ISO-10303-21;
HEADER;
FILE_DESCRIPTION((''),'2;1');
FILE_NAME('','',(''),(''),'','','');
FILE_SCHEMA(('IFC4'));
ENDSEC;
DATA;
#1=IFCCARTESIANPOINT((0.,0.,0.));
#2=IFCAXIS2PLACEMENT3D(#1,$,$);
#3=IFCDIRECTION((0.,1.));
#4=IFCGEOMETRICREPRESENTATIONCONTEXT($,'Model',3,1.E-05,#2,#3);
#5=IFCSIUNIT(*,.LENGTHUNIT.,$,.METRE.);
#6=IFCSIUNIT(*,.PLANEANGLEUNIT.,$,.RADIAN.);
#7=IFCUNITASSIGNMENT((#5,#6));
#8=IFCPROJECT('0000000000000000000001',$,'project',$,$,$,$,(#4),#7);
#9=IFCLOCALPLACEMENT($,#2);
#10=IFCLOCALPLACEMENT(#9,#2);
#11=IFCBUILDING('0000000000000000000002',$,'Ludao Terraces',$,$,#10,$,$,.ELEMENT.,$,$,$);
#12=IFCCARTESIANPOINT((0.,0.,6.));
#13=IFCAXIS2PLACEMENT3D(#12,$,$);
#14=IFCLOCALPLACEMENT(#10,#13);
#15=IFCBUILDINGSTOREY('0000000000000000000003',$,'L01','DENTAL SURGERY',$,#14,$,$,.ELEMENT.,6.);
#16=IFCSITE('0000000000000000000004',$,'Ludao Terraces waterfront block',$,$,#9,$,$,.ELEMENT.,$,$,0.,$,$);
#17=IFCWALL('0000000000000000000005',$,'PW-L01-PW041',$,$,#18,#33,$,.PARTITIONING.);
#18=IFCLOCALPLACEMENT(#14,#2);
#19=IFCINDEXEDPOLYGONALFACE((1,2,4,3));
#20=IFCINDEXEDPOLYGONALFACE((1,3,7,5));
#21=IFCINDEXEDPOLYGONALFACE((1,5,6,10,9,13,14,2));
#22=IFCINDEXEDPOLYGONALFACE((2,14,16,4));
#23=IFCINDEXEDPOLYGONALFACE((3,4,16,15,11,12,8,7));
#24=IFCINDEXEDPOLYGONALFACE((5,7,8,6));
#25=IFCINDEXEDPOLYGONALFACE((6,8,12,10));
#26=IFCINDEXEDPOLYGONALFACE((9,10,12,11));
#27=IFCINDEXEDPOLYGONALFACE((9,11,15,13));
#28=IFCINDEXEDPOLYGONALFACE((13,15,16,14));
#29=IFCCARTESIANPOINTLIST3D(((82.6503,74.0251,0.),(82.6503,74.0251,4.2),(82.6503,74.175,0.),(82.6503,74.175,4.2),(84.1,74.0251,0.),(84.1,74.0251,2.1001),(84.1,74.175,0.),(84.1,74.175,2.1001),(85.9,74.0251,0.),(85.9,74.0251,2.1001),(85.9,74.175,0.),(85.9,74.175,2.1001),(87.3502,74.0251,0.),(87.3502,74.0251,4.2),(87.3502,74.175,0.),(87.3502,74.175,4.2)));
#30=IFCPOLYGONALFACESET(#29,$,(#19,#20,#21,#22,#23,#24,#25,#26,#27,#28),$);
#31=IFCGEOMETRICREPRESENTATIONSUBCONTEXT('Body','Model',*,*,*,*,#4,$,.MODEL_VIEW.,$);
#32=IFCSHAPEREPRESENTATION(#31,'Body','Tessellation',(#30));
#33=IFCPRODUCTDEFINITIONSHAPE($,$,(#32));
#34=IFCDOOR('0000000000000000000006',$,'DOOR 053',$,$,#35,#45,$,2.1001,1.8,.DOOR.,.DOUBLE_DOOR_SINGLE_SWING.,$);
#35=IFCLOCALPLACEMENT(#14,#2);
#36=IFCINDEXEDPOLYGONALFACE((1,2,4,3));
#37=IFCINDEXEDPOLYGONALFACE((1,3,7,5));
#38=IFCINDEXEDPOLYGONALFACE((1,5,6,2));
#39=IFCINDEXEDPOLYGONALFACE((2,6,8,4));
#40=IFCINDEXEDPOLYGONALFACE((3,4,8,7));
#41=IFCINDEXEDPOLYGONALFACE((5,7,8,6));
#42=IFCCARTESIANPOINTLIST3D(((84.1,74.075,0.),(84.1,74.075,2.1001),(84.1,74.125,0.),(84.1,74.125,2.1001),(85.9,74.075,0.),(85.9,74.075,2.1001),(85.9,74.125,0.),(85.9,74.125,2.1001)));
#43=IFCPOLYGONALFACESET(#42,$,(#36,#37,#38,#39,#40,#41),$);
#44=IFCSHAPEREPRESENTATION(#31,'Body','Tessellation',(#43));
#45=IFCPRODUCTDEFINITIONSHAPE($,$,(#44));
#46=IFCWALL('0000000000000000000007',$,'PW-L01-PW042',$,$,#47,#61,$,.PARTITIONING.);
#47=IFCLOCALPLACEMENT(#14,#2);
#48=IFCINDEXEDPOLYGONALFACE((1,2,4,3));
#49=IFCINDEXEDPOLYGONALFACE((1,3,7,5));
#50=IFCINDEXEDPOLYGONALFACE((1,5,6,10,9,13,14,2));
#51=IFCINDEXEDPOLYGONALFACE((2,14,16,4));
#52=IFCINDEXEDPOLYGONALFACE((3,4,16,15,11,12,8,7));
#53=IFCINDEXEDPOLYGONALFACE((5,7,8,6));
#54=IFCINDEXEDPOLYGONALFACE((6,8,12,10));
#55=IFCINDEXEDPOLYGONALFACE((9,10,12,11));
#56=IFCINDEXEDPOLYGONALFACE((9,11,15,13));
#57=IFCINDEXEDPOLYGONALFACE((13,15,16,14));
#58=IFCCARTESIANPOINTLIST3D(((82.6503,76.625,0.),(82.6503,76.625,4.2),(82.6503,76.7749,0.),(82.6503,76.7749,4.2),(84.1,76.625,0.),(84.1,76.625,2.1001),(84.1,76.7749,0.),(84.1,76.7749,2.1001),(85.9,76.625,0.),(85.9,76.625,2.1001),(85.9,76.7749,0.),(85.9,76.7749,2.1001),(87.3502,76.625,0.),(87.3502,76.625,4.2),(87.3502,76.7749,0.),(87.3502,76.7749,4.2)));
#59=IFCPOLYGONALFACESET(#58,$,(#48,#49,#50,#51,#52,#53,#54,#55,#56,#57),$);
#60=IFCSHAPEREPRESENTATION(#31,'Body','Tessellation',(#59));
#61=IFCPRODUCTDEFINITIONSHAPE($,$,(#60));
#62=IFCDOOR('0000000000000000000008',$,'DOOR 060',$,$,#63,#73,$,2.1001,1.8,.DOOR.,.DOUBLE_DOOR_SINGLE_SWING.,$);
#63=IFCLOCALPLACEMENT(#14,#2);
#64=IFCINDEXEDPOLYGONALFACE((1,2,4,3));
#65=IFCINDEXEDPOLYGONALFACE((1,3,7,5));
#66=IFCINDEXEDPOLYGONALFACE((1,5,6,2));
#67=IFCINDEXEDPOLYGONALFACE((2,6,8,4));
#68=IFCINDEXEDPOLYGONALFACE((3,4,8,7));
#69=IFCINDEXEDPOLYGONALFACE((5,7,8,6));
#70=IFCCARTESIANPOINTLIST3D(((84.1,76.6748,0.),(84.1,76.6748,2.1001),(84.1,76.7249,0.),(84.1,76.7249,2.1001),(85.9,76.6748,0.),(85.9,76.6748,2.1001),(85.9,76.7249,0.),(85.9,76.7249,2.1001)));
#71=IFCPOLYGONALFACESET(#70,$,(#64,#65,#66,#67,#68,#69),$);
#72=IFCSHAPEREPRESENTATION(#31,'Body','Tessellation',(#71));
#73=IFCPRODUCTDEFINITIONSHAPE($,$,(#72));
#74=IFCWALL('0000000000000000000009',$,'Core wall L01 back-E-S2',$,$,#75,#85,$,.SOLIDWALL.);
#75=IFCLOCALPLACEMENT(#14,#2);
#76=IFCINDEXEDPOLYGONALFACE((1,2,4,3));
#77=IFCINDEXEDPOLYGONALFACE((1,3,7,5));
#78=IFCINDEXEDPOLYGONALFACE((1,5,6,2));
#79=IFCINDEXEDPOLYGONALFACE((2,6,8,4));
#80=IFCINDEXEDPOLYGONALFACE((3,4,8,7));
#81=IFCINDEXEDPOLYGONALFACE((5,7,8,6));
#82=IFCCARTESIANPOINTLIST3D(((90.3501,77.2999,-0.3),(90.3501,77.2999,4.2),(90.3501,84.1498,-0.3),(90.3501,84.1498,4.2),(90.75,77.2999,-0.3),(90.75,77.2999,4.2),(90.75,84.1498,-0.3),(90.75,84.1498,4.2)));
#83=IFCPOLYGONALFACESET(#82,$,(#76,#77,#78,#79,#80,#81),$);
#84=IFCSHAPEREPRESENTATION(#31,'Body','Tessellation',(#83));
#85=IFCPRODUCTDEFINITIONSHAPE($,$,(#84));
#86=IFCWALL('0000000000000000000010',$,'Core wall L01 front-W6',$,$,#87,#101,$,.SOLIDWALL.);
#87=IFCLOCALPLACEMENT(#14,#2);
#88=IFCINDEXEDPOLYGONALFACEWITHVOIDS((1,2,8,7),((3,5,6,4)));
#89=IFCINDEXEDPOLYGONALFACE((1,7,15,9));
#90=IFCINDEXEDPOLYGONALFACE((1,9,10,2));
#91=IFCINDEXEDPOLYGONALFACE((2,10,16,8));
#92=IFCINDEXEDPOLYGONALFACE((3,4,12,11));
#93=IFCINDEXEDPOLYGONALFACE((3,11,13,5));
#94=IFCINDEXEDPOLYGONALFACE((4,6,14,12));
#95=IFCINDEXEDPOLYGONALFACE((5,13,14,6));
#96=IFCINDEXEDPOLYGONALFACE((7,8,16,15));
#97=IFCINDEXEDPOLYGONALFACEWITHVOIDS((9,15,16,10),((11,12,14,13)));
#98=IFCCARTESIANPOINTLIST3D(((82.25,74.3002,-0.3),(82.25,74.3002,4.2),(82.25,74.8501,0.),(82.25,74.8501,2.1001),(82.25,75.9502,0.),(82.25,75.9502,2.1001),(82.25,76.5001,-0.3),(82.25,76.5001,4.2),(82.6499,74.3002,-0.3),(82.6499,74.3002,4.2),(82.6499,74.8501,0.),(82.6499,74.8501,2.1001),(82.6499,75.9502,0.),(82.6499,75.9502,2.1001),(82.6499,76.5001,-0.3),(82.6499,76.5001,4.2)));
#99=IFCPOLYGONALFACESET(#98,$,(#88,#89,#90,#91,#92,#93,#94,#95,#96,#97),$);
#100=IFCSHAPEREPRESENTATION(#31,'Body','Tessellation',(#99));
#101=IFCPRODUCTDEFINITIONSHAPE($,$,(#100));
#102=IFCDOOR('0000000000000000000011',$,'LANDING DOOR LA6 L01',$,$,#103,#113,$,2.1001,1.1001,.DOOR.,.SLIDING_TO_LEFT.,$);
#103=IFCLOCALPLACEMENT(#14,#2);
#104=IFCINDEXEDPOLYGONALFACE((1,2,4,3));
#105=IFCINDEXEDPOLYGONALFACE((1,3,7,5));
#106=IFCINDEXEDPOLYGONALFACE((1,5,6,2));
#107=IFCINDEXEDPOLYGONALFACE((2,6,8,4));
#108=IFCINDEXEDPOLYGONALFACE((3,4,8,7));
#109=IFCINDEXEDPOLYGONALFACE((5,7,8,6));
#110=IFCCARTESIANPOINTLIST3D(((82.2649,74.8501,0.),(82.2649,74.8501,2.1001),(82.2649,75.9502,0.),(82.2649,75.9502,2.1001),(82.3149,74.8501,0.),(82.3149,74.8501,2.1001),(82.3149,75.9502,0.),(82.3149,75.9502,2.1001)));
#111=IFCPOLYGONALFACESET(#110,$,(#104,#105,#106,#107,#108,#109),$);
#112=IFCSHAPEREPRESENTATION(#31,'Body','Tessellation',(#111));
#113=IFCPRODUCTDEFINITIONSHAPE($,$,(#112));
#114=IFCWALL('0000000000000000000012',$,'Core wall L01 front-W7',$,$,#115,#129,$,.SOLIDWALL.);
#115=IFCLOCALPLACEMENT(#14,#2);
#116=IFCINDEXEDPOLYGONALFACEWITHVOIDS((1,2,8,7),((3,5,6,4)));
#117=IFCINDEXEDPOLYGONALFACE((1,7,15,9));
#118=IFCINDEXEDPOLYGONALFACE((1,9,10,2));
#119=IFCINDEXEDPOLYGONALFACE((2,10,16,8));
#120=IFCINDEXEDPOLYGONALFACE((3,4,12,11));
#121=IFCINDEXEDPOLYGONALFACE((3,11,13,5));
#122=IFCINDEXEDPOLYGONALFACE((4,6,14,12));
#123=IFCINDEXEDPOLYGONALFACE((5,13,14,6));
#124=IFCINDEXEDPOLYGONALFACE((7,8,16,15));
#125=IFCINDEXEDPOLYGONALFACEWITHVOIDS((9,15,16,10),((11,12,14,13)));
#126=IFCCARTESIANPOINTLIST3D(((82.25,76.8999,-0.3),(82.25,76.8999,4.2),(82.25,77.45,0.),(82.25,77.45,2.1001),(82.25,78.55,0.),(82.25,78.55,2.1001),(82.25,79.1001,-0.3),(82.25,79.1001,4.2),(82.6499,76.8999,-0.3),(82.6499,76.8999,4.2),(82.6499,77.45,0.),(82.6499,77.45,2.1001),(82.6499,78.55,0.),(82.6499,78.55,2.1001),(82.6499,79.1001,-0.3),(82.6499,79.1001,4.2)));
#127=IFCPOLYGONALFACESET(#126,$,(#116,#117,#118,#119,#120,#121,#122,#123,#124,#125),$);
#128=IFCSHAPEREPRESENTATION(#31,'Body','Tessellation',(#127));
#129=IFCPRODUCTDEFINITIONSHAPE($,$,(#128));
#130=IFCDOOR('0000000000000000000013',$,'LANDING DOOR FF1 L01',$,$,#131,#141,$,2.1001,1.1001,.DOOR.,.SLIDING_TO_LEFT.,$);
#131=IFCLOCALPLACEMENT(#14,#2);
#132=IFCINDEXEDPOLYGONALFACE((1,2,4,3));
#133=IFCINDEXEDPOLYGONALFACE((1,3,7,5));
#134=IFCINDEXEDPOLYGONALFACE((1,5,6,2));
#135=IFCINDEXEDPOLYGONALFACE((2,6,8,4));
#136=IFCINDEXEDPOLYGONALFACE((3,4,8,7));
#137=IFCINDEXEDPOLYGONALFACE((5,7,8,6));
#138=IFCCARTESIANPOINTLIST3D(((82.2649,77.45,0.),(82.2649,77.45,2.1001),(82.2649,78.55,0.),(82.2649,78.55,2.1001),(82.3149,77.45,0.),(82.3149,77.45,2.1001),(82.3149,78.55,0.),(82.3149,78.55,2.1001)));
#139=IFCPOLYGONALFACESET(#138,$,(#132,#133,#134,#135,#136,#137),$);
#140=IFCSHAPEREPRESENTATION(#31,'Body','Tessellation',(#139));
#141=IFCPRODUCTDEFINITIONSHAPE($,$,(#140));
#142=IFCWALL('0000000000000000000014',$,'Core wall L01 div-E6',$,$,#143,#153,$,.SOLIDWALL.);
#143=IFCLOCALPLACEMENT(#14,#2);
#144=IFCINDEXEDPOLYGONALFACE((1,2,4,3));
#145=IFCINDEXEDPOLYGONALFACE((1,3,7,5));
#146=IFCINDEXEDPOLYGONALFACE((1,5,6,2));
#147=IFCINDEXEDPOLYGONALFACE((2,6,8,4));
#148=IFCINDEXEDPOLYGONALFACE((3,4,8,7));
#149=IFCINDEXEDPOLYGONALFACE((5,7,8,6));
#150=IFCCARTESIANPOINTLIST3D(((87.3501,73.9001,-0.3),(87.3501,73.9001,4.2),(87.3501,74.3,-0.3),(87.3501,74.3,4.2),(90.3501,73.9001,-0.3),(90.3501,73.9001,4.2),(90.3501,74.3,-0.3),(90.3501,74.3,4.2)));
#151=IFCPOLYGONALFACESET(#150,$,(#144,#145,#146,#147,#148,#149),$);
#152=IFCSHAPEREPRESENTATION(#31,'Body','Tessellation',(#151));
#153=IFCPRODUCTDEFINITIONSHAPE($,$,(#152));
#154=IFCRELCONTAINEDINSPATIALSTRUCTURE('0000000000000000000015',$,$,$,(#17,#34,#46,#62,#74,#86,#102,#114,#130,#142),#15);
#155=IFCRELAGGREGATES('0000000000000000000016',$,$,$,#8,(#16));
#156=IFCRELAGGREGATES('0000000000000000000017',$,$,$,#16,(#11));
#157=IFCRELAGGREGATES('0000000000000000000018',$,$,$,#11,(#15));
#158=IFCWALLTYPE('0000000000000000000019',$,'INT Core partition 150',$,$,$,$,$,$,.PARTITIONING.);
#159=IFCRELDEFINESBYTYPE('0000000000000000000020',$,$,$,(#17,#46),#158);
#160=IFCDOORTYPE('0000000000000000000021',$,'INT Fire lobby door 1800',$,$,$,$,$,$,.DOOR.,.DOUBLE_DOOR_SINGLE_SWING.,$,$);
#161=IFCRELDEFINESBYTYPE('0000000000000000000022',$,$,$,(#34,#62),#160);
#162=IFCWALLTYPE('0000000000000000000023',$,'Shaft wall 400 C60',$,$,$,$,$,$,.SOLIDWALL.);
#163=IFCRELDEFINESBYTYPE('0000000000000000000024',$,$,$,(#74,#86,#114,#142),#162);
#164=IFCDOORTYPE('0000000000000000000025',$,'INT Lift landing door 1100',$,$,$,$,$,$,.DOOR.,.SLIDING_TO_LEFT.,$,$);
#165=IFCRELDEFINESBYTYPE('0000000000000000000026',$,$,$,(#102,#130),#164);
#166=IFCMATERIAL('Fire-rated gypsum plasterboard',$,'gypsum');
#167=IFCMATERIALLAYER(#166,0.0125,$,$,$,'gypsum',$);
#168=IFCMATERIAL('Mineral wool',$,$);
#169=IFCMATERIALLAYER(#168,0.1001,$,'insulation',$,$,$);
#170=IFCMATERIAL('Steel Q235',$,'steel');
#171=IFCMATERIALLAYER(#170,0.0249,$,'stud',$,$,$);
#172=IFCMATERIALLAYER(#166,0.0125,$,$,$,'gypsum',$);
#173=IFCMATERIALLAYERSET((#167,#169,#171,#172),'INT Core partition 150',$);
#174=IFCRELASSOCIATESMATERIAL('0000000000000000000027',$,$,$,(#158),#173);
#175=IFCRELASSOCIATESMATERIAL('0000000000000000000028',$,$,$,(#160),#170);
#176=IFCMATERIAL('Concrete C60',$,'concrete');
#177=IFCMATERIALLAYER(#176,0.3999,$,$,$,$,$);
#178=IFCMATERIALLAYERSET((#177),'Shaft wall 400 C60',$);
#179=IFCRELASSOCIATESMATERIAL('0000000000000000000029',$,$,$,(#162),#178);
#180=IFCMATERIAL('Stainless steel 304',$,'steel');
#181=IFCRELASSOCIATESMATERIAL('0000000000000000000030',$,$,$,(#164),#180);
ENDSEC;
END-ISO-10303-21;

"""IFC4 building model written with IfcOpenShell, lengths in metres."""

from ifc_helpers import new_model, si_unit, direction, frame, frame_2d, origin, place, context, subcontext, project, spatial, rectangle, extrude, material, layer, layer_set, type_object, element, fill, save


model = new_model("IFC4")

# Units and contexts
model_context = context("Model", 3, precision=1e-05, world=origin(), true_north=direction((0.0, 1.0)))
body_context = subcontext(model_context, "Body", "Model", "MODEL_VIEW")
ifc_project = project(units=[si_unit("LENGTHUNIT", "METRE"), si_unit("PLANEANGLEUNIT", "RADIAN")], contexts=[model_context])

# Site, building, storey
site_placement = place(None, origin())
site = spatial("IfcSite", under=ifc_project, at=site_placement, Name="Ludao Terraces waterfront block", CompositionType="ELEMENT", RefElevation=0.0)
building_placement = place(site_placement, origin())
building = spatial("IfcBuilding", under=site, at=building_placement, Name="Ludao Terraces", CompositionType="ELEMENT")
storey_placement = place(building_placement, frame((0.0, 0.0, 6.0)))
storey = spatial("IfcBuildingStorey", under=building, at=storey_placement, Name="L01", Description="DENTAL SURGERY", CompositionType="ELEMENT", Elevation=6.0)

# Walls, openings, doors
ifc_material_1 = material(Name="Fire-rated gypsum plasterboard", Category="gypsum")
ifc_layer_1 = layer(ifc_material_1, 0.0125, Category="gypsum")
ifc_material_2 = material(Name="Mineral wool")
ifc_layer_2 = layer(ifc_material_2, 0.1001, Name="insulation")
ifc_material_3 = material(Name="Steel Q235", Category="steel")
ifc_layer_3 = layer(ifc_material_3, 0.0249, Name="stud")
ifc_layer_4 = layer(ifc_material_1, 0.0125, Category="gypsum")
ifc_layer_set_1 = layer_set([ifc_layer_1, ifc_layer_2, ifc_layer_3, ifc_layer_4], Name="INT Core partition 150")
wall_type_1 = type_object("IfcWallType", Name="INT Core partition 150", PredefinedType="PARTITIONING", material=ifc_layer_set_1)
wall_1_placement = place(storey_placement, frame((82.6501, 74.1001, 0.0), z_axis=(0.0, 0.0, 1.0), x_axis=(1.0, 0.0, 0.0)))
wall_1 = element("IfcWall", 1, at=wall_1_placement, inside=storey, type_object=wall_type_1, Name="PW-L01-PW041", PredefinedType="PARTITIONING", context=body_context, shape_type="SweptSolid", body=[
    extrude(rectangle(XDim=4.7, YDim=0.1499, at=frame_2d((2.3501, 0.0))), origin(), (0.0, 0.0, 1.0), 4.2),
])
opening_1_placement = place(wall_1_placement, frame((1.45, 0.0, 0.0)))
opening_1 = element("IfcOpeningElement", 2, at=opening_1_placement, cuts=wall_1, PredefinedType="OPENING", context=body_context, shape_type="SweptSolid", body=[
    extrude(rectangle(XDim=1.8, YDim=2.1001, at=frame_2d((0.8999, 1.05))), frame((0.0, 0.085, 0.0), z_axis=(0.0, -1.0, 0.0), x_axis=(1.0, 0.0, 0.0)), (0.0, 0.0, 1.0), 0.1699),
])
door_type_1 = type_object("IfcDoorType", Name="INT Fire lobby door 1800", OperationType="DOUBLE_DOOR_SINGLE_SWING", PredefinedType="DOOR", material=ifc_material_3)
door_1_placement = place(opening_1_placement, origin())
door_1 = element("IfcDoor", 3, at=door_1_placement, inside=storey, type_object=door_type_1, Name="DOOR 053", OperationType="DOUBLE_DOOR_SINGLE_SWING", OverallHeight=2.1001, OverallWidth=1.8, PredefinedType="DOOR", context=body_context, shape_type="SweptSolid", body=[
    extrude(rectangle(XDim=1.8, YDim=2.1001, at=frame_2d((0.8999, 1.05))), frame((0.0, 0.0249, 0.0), z_axis=(0.0, -1.0, 0.0), x_axis=(1.0, 0.0, 0.0)), (0.0, 0.0, 1.0), 0.05),
])
fill(opening_1, door_1)
wall_2_placement = place(storey_placement, frame((82.6501, 76.7, 0.0), z_axis=(0.0, 0.0, 1.0), x_axis=(1.0, 0.0, 0.0)))
wall_2 = element("IfcWall", 4, at=wall_2_placement, inside=storey, type_object=wall_type_1, Name="PW-L01-PW042", PredefinedType="PARTITIONING", context=body_context, shape_type="SweptSolid", body=[
    extrude(rectangle(XDim=4.7, YDim=0.1499, at=frame_2d((2.3501, 0.0))), origin(), (0.0, 0.0, 1.0), 4.2),
])
opening_2_placement = place(wall_2_placement, frame((1.45, 0.0, 0.0)))
opening_2 = element("IfcOpeningElement", 5, at=opening_2_placement, cuts=wall_2, PredefinedType="OPENING", context=body_context, shape_type="SweptSolid", body=[
    extrude(rectangle(XDim=1.8, YDim=2.1001, at=frame_2d((0.8999, 1.05))), frame((0.0, 0.085, 0.0), z_axis=(0.0, -1.0, 0.0), x_axis=(1.0, 0.0, 0.0)), (0.0, 0.0, 1.0), 0.1699),
])
door_2_placement = place(opening_2_placement, origin())
door_2 = element("IfcDoor", 6, at=door_2_placement, inside=storey, type_object=door_type_1, Name="DOOR 060", OperationType="DOUBLE_DOOR_SINGLE_SWING", OverallHeight=2.1001, OverallWidth=1.8, PredefinedType="DOOR", context=body_context, shape_type="SweptSolid", body=[
    extrude(rectangle(XDim=1.8, YDim=2.1001, at=frame_2d((0.8999, 1.05))), frame((0.0, 0.0249, 0.0), z_axis=(0.0, -1.0, 0.0), x_axis=(1.0, 0.0, 0.0)), (0.0, 0.0, 1.0), 0.05),
])
fill(opening_2, door_2)

# Wall
ifc_material_4 = material(Name="Concrete C60", Category="concrete")
ifc_layer_5 = layer(ifc_material_4, 0.3999)
ifc_layer_set_2 = layer_set([ifc_layer_5], Name="Shaft wall 400 C60")
wall_type_2 = type_object("IfcWallType", Name="Shaft wall 400 C60", PredefinedType="SOLIDWALL", material=ifc_layer_set_2)
wall_3_placement = place(storey_placement, frame((90.55, 77.3, -0.3), z_axis=(0.0, 0.0, 1.0), x_axis=(0.0, 1.0, 0.0)))
element("IfcWall", 7, at=wall_3_placement, inside=storey, type_object=wall_type_2, Name="Core wall L01 back-E-S2", PredefinedType="SOLIDWALL", context=body_context, shape_type="SweptSolid", body=[
    extrude(rectangle(XDim=6.8499, YDim=0.3999, at=frame_2d((3.4248, 0.0))), origin(), (0.0, 0.0, 1.0), 4.5),
])

# Walls, openings, doors
wall_4_placement = place(storey_placement, frame((82.45, 74.3, -0.3), z_axis=(0.0, 0.0, 1.0), x_axis=(0.0, 1.0, 0.0)))
wall_4 = element("IfcWall", 8, at=wall_4_placement, inside=storey, type_object=wall_type_2, Name="Core wall L01 front-W6", PredefinedType="SOLIDWALL", context=body_context, shape_type="SweptSolid", body=[
    extrude(rectangle(XDim=2.2, YDim=0.3999, at=frame_2d((1.1001, 0.0))), origin(), (0.0, 0.0, 1.0), 4.5),
])
opening_3_placement = place(wall_4_placement, frame((0.55, 0.0, 0.3)))
opening_3 = element("IfcOpeningElement", 9, at=opening_3_placement, cuts=wall_4, PredefinedType="OPENING", context=body_context, shape_type="SweptSolid", body=[
    extrude(rectangle(XDim=1.1001, YDim=2.1001, at=frame_2d((0.55, 1.05))), frame((0.0, 0.21, 0.0), z_axis=(0.0, -1.0, 0.0), x_axis=(1.0, 0.0, 0.0)), (0.0, 0.0, 1.0), 0.4199),
])
ifc_material_5 = material(Name="Stainless steel 304", Category="steel")
door_type_2 = type_object("IfcDoorType", Name="INT Lift landing door 1100", OperationType="SLIDING_TO_LEFT", PredefinedType="DOOR", material=ifc_material_5)
door_3_placement = place(opening_3_placement, origin())
door_3 = element("IfcDoor", 10, at=door_3_placement, inside=storey, type_object=door_type_2, Name="LANDING DOOR LA6 L01", OperationType="SLIDING_TO_LEFT", OverallHeight=2.1001, OverallWidth=1.1001, PredefinedType="DOOR", context=body_context, shape_type="SweptSolid", body=[
    extrude(rectangle(XDim=1.1001, YDim=2.1001, at=frame_2d((0.55, 1.05))), frame((0.0, 0.1851, 0.0), z_axis=(0.0, -1.0, 0.0), x_axis=(1.0, 0.0, 0.0)), (0.0, 0.0, 1.0), 0.05),
])
fill(opening_3, door_3)
wall_5_placement = place(storey_placement, frame((82.45, 76.8999, -0.3), z_axis=(0.0, 0.0, 1.0), x_axis=(0.0, 1.0, 0.0)))
wall_5 = element("IfcWall", 11, at=wall_5_placement, inside=storey, type_object=wall_type_2, Name="Core wall L01 front-W7", PredefinedType="SOLIDWALL", context=body_context, shape_type="SweptSolid", body=[
    extrude(rectangle(XDim=2.2002, YDim=0.3999, at=frame_2d((1.1001, 0.0))), origin(), (0.0, 0.0, 1.0), 4.5),
])
opening_4_placement = place(wall_5_placement, frame((0.55, 0.0, 0.3)))
opening_4 = element("IfcOpeningElement", 12, at=opening_4_placement, cuts=wall_5, PredefinedType="OPENING", context=body_context, shape_type="SweptSolid", body=[
    extrude(rectangle(XDim=1.1001, YDim=2.1001, at=frame_2d((0.55, 1.05))), frame((0.0, 0.21, 0.0), z_axis=(0.0, -1.0, 0.0), x_axis=(1.0, 0.0, 0.0)), (0.0, 0.0, 1.0), 0.4199),
])
door_4_placement = place(opening_4_placement, origin())
door_4 = element("IfcDoor", 13, at=door_4_placement, inside=storey, type_object=door_type_2, Name="LANDING DOOR FF1 L01", OperationType="SLIDING_TO_LEFT", OverallHeight=2.1001, OverallWidth=1.1001, PredefinedType="DOOR", context=body_context, shape_type="SweptSolid", body=[
    extrude(rectangle(XDim=1.1001, YDim=2.1001, at=frame_2d((0.55, 1.05))), frame((0.0, 0.1851, 0.0), z_axis=(0.0, -1.0, 0.0), x_axis=(1.0, 0.0, 0.0)), (0.0, 0.0, 1.0), 0.05),
])
fill(opening_4, door_4)

# Wall
wall_6_placement = place(storey_placement, frame((87.3501, 74.1001, -0.3), z_axis=(0.0, 0.0, 1.0), x_axis=(1.0, 0.0, 0.0)))
element("IfcWall", 14, at=wall_6_placement, inside=storey, type_object=wall_type_2, Name="Core wall L01 div-E6", PredefinedType="SOLIDWALL", context=body_context, shape_type="SweptSolid", body=[
    extrude(rectangle(XDim=3.0, YDim=0.3999, at=frame_2d((1.5, 0.0))), origin(), (0.0, 0.0, 1.0), 4.5),
])

save(model, "model.ifc")
